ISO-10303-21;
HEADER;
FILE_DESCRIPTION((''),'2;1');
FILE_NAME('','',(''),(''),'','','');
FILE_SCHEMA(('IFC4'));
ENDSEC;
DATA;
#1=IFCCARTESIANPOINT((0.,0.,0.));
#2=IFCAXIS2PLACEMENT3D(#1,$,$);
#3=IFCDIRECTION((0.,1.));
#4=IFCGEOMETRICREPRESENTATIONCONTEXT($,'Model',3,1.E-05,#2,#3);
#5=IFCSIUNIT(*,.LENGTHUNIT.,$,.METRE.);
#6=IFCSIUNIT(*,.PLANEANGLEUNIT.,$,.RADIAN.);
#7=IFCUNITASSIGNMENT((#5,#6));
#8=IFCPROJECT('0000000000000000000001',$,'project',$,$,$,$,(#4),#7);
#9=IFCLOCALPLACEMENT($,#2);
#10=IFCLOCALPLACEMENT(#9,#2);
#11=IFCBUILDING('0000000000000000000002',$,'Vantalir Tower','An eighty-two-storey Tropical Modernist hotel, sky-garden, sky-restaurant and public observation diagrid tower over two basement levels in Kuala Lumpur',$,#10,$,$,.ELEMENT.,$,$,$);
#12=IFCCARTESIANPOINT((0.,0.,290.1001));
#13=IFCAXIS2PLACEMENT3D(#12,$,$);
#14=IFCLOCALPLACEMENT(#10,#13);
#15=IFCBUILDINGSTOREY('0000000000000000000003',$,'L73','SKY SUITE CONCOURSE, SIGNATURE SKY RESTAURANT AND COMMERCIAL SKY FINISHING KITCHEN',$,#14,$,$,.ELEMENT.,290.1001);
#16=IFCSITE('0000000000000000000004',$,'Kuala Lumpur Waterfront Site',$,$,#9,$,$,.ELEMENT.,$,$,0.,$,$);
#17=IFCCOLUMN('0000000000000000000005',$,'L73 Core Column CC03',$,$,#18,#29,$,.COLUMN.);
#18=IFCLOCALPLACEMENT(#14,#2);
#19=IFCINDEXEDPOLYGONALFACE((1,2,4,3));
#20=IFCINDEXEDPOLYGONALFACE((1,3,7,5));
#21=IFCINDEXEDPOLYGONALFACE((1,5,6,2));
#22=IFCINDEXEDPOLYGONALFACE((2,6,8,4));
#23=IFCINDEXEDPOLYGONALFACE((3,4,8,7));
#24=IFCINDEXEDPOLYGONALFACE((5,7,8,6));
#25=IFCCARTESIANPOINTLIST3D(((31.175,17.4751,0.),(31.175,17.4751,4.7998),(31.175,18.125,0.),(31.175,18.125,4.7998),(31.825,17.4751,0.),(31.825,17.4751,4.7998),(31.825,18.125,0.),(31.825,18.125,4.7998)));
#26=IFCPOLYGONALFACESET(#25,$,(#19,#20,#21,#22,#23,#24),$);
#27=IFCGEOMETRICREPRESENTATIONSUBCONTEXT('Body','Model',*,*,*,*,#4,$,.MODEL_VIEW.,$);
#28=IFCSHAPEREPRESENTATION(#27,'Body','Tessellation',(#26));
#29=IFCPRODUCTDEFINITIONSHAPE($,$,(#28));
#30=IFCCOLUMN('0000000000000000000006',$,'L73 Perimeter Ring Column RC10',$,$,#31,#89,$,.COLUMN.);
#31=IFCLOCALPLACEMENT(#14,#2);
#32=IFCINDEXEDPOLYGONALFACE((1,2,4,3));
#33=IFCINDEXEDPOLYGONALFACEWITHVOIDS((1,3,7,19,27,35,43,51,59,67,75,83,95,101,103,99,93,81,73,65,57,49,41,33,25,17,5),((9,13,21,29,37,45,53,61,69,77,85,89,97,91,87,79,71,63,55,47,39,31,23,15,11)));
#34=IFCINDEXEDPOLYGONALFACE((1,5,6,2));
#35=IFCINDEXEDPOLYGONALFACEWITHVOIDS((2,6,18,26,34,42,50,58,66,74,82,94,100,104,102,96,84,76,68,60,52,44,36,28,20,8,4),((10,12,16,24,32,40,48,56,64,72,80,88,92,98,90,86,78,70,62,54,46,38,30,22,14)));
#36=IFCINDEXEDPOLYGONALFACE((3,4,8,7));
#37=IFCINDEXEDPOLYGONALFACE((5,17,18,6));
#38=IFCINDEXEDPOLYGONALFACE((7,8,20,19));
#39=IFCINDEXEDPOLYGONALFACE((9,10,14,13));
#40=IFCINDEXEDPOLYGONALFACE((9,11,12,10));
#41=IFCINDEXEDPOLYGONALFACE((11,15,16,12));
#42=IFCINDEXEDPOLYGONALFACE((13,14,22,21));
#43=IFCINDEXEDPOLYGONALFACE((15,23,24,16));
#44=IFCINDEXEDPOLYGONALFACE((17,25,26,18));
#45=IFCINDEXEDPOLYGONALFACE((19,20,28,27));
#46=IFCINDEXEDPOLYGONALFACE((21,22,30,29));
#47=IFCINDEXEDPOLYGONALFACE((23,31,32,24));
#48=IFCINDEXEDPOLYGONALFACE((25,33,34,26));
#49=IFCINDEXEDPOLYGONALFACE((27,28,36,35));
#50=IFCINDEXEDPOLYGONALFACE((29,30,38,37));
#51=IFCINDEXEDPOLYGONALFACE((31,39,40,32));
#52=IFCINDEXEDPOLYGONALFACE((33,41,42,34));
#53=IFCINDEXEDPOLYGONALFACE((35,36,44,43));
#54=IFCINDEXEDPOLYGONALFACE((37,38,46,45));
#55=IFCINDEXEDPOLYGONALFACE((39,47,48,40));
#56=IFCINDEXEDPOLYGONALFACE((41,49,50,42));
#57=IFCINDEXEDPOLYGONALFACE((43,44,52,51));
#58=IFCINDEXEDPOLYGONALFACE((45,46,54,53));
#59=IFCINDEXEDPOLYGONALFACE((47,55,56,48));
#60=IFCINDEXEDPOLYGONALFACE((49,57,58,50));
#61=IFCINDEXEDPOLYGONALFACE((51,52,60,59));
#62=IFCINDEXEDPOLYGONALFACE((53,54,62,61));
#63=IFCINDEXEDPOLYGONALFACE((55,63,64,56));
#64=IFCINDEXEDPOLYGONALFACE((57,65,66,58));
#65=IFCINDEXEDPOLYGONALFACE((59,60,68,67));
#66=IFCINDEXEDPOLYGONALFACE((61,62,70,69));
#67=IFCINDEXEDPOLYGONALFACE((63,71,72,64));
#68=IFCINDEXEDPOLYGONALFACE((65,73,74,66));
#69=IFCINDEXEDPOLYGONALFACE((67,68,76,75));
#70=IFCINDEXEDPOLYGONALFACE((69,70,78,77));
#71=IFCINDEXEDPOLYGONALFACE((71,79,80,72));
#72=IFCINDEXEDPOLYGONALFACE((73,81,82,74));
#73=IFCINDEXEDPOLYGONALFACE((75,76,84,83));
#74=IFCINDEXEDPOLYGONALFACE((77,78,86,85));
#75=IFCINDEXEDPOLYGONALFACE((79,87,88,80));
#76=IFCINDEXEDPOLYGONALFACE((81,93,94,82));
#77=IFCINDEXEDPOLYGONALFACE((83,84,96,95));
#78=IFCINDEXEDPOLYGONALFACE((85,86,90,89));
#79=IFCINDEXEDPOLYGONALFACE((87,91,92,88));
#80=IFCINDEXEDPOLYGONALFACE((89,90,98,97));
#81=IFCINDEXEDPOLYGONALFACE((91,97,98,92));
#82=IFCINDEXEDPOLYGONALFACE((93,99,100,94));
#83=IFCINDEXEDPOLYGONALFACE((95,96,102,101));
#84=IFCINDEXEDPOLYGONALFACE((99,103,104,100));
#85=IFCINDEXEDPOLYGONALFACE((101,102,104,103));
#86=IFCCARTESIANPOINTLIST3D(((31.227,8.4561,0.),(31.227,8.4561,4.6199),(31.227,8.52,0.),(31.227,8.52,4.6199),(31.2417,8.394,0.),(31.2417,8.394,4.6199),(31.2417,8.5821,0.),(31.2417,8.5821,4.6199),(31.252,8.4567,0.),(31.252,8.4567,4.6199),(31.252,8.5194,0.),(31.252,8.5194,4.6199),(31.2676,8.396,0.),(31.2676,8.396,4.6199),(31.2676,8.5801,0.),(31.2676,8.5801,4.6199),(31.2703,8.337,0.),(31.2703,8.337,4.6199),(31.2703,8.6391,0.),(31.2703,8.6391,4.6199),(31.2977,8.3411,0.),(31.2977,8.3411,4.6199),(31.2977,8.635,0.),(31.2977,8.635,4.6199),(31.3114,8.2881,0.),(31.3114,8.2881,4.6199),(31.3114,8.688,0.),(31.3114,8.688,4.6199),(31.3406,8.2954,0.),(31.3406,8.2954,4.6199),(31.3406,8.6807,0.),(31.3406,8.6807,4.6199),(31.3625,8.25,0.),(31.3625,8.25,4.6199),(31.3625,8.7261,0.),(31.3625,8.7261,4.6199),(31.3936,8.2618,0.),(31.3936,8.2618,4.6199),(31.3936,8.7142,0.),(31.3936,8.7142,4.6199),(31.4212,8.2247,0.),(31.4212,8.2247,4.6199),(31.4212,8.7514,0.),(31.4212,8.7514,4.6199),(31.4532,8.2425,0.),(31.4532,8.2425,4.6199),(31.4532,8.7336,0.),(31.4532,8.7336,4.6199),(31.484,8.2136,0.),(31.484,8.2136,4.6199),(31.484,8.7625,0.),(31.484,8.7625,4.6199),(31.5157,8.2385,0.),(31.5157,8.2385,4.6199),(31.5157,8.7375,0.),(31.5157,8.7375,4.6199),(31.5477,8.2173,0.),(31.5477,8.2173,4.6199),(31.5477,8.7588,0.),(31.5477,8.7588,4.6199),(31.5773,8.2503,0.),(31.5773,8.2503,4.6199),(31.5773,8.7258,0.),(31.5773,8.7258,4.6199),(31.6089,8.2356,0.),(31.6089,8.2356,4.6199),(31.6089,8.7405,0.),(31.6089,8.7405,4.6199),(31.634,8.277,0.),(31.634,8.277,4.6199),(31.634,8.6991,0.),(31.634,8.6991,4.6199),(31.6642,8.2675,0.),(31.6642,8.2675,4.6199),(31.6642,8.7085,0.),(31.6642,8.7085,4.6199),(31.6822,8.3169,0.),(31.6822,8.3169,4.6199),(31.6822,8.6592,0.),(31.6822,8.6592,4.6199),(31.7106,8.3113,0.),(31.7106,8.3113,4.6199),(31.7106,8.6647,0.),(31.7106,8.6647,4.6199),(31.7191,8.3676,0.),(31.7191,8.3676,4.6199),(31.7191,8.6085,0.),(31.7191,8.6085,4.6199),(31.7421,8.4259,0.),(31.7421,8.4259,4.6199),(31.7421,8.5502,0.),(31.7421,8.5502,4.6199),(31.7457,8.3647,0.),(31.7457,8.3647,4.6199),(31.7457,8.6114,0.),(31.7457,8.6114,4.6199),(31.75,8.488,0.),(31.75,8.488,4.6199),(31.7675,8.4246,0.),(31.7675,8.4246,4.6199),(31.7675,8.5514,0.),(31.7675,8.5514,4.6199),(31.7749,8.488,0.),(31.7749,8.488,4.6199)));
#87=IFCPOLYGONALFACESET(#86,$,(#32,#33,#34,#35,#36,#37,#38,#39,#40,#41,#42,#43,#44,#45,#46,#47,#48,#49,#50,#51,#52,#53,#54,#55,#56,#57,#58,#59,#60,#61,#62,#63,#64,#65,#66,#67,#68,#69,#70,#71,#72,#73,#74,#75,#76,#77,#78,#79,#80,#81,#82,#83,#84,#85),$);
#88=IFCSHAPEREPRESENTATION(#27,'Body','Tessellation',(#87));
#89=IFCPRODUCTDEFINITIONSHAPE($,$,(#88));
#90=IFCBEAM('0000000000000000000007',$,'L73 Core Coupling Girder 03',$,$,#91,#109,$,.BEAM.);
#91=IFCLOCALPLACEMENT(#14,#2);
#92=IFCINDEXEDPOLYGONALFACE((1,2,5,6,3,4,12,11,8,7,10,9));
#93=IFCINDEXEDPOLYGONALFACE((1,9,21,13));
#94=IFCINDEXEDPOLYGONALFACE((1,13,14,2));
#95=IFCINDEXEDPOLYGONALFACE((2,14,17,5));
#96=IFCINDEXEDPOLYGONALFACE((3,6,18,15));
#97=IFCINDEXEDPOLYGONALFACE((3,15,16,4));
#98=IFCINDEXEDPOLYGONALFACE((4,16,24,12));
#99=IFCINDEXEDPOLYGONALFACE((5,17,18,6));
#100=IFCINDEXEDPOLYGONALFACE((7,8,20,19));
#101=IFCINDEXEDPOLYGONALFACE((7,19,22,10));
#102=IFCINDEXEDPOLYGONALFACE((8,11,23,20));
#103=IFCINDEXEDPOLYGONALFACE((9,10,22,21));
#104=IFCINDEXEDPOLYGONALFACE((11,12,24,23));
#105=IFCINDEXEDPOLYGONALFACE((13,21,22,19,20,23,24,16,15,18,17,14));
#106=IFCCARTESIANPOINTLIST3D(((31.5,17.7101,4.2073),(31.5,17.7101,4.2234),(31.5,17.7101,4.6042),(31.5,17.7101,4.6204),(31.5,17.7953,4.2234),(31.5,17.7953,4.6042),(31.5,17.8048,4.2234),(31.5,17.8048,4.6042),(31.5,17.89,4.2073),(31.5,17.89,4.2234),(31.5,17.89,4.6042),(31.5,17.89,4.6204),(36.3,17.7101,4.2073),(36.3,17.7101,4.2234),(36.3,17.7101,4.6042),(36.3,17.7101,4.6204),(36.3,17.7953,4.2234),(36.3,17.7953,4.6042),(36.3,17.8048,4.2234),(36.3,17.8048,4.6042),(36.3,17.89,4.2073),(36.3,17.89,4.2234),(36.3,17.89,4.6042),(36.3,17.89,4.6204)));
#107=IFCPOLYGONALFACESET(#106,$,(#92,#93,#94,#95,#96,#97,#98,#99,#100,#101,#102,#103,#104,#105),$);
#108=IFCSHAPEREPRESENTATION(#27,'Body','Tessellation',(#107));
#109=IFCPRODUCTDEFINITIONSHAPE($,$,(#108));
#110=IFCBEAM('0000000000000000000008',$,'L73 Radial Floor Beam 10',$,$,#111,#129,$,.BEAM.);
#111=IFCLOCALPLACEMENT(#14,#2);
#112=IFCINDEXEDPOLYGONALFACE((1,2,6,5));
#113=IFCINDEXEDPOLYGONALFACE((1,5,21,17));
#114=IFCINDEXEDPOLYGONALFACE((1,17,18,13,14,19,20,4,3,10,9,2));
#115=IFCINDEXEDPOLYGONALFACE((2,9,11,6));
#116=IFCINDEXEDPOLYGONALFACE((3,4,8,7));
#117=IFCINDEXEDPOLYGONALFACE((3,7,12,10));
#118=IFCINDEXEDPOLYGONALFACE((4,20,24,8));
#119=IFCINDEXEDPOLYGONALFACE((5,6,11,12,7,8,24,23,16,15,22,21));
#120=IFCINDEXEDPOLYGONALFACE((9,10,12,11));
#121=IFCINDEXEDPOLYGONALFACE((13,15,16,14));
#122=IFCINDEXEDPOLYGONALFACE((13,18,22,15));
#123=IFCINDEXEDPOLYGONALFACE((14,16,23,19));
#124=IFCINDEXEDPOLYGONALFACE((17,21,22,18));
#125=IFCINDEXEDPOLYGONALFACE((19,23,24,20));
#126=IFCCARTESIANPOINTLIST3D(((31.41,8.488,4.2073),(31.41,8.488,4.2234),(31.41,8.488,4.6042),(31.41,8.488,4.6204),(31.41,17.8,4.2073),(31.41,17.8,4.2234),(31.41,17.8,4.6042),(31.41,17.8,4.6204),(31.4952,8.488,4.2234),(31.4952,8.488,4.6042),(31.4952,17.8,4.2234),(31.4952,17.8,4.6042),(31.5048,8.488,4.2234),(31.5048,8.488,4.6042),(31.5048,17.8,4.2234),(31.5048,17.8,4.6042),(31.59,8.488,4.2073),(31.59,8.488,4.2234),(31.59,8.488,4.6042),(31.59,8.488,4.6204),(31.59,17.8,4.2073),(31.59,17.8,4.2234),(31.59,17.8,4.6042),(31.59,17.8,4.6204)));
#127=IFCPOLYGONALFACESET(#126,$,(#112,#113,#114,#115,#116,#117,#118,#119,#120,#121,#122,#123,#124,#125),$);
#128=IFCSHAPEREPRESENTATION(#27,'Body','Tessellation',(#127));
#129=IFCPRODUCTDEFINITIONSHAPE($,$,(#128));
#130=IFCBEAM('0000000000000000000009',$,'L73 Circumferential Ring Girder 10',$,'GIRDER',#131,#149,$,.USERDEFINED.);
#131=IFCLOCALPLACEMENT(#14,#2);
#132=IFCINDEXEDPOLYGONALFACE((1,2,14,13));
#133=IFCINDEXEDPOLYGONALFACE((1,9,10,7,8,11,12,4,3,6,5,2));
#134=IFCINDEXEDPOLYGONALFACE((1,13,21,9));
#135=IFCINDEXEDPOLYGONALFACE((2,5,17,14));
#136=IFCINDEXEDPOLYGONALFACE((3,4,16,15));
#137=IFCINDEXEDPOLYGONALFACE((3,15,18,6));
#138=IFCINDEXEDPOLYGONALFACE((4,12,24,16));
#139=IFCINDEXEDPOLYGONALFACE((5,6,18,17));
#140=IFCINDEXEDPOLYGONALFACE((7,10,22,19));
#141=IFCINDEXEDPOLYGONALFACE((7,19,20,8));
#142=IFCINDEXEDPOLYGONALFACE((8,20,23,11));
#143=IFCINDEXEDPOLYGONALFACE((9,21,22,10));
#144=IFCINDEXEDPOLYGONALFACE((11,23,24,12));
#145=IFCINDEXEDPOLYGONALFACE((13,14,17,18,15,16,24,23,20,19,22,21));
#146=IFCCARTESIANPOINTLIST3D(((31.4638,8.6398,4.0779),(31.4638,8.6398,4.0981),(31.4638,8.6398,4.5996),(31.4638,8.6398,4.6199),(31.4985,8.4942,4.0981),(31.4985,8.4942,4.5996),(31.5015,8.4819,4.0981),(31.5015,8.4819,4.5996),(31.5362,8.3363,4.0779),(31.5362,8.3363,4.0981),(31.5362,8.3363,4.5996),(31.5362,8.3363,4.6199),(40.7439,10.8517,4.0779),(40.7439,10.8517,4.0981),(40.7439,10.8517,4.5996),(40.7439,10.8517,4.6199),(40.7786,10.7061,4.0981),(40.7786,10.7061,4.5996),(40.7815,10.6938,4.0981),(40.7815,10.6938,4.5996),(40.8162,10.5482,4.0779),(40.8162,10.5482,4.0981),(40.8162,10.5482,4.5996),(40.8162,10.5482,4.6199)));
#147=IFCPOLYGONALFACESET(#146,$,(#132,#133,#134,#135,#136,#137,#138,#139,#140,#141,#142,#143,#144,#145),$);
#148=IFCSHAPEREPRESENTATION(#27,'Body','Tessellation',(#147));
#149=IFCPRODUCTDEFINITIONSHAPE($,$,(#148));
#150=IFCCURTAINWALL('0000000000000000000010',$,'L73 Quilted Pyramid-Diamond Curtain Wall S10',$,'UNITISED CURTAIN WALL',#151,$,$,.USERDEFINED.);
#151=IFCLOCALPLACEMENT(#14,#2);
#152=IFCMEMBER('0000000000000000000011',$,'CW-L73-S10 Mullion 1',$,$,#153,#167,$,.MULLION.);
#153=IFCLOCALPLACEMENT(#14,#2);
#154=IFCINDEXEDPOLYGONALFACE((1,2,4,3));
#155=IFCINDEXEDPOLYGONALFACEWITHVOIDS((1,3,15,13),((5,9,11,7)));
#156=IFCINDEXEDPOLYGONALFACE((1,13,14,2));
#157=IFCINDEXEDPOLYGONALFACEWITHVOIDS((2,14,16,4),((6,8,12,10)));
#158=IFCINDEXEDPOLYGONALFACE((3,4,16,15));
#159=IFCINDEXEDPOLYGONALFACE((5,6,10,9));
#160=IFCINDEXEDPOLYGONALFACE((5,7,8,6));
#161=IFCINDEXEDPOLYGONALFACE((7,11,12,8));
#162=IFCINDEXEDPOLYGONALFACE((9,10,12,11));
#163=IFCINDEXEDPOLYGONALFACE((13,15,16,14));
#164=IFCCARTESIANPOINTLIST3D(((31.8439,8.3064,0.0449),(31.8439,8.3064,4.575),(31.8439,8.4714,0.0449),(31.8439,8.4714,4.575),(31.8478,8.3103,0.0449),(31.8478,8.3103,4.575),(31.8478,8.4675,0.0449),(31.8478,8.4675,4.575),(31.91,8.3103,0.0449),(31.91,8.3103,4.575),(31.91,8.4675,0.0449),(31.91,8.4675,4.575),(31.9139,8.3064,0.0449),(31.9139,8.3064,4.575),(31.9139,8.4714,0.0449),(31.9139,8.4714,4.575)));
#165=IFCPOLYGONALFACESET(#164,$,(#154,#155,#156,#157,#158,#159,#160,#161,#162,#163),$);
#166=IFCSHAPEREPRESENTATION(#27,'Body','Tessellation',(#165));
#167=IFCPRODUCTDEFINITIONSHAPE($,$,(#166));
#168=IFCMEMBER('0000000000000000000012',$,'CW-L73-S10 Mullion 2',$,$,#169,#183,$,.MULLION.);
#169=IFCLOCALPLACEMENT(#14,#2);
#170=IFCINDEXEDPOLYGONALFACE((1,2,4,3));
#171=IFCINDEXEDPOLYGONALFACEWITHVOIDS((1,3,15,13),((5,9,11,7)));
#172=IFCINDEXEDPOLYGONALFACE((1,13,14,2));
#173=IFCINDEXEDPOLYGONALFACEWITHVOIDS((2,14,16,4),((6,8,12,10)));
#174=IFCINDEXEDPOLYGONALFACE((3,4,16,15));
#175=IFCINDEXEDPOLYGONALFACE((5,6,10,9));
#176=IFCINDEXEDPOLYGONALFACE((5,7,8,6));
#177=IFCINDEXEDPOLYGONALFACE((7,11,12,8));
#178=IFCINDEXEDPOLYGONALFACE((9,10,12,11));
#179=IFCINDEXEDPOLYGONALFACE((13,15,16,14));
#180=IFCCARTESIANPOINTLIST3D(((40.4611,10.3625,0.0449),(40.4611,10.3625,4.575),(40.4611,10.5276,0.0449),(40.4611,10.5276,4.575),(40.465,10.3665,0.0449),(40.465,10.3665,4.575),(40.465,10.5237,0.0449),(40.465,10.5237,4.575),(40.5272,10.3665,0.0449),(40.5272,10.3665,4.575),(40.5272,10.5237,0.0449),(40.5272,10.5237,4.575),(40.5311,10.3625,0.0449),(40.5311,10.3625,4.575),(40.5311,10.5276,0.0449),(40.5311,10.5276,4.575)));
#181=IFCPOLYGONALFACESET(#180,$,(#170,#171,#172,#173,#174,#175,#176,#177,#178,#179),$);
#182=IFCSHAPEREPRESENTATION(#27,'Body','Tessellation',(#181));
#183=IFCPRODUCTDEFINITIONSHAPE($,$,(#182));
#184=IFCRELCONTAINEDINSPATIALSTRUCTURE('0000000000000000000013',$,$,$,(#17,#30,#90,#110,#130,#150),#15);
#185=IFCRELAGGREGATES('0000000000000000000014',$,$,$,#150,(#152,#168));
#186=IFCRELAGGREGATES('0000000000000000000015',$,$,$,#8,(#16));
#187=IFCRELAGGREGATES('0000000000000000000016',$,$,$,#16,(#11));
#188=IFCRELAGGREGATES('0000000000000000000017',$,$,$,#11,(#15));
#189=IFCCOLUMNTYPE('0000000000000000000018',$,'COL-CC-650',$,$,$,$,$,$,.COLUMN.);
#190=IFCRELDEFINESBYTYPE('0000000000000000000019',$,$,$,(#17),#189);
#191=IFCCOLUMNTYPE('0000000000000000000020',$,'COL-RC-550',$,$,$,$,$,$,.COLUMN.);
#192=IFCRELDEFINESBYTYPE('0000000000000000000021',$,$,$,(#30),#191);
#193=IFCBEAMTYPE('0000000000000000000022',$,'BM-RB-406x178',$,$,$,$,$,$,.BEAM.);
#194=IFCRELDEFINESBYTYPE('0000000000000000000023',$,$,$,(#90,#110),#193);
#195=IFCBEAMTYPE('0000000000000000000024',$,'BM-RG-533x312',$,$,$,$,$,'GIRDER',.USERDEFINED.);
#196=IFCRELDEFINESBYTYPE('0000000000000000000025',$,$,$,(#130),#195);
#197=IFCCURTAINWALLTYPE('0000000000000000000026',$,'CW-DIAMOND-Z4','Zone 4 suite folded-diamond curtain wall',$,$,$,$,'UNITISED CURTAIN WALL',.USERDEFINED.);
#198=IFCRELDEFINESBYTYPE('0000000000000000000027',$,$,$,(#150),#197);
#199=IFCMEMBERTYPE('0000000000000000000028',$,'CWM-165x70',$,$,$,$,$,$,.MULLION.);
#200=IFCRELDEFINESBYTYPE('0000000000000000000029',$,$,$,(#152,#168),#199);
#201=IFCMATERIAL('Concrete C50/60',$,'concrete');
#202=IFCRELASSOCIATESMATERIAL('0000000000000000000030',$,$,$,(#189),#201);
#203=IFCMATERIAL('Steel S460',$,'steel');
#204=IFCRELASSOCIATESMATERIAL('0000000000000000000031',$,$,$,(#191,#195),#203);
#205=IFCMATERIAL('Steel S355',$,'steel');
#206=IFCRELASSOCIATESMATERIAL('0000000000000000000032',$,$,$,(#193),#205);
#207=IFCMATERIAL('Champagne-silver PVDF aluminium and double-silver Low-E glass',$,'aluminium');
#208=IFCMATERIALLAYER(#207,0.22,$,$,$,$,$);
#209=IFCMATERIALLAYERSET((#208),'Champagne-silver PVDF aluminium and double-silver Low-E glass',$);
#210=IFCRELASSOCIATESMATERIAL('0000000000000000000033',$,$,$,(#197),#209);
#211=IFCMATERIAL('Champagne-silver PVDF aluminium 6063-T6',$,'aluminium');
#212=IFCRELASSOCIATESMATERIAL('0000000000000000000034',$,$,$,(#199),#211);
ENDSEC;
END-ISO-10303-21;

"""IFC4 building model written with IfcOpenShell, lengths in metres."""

from ifc_helpers import new_model, si_unit, direction, frame, origin, origin_2d, place, context, subcontext, project, spatial, rectangle, hollow_rectangle, hollow_circle, i_section, extrude, material, layer, layer_set, material_profile, profile_set, type_object, element, aggregate, save


model = new_model("IFC4")

# Units and contexts
model_context = context("Model", 3, precision=1e-05, world=origin(), true_north=direction((0.0, 1.0)))
body_context = subcontext(model_context, "Body", "Model", "MODEL_VIEW")
ifc_project = project(units=[si_unit("LENGTHUNIT", "METRE"), si_unit("PLANEANGLEUNIT", "RADIAN")], contexts=[model_context])

# Site, building, storey
site_placement = place(None, origin())
site = spatial("IfcSite", under=ifc_project, at=site_placement, Name="Kuala Lumpur Waterfront Site", CompositionType="ELEMENT", RefElevation=0.0)
building_placement = place(site_placement, origin())
building = spatial("IfcBuilding", under=site, at=building_placement, Name="Vantalir Tower", Description="An eighty-two-storey Tropical Modernist hotel, sky-garden, sky-restaurant and public observation diagrid tower over two basement levels in Kuala Lumpur", CompositionType="ELEMENT")
storey_placement = place(building_placement, frame((0.0, 0.0, 290.1001)))
storey = spatial("IfcBuildingStorey", under=building, at=storey_placement, Name="L73", Description="SKY SUITE CONCOURSE, SIGNATURE SKY RESTAURANT AND COMMERCIAL SKY FINISHING KITCHEN", CompositionType="ELEMENT", Elevation=290.1001)

# Columns
ifc_material_1 = material(Name="Concrete C50/60", Category="concrete")
ifc_material_profile_1 = material_profile(ifc_material_1, rectangle(XDim=0.6499, YDim=0.6499, at=origin_2d()), Name="Concrete C50/60")
ifc_profile_set_1 = profile_set([ifc_material_profile_1], Name="Concrete C50/60")
column_type_1 = type_object("IfcColumnType", Name="COL-CC-650", PredefinedType="COLUMN", material=ifc_profile_set_1)
column_1_placement = place(storey_placement, frame((31.5, 17.8, 0.0), z_axis=(0.0, 0.0, 1.0), x_axis=(1.0, 0.0, 0.0)))
element("IfcColumn", 1, at=column_1_placement, inside=storey, type_object=column_type_1, Name="L73 Core Column CC03", PredefinedType="COLUMN", context=body_context, shape_type="SweptSolid", body=[
    extrude(rectangle(XDim=0.6499, YDim=0.6499, at=origin_2d()), origin(), (0.0, 0.0, 1.0), 4.7998),
])
ifc_material_2 = material(Name="Steel S460", Category="steel")
ifc_material_profile_2 = material_profile(ifc_material_2, hollow_circle(Radius=0.2749, WallThickness=0.0249, at=origin_2d()), Name="Steel S460")
ifc_profile_set_2 = profile_set([ifc_material_profile_2], Name="Steel S460")
column_type_2 = type_object("IfcColumnType", Name="COL-RC-550", PredefinedType="COLUMN", material=ifc_profile_set_2)
column_2_placement = place(storey_placement, frame((31.5, 8.488, 0.0), z_axis=(0.0, 0.0, 1.0), x_axis=(1.0, 0.0, 0.0)))
element("IfcColumn", 2, at=column_2_placement, inside=storey, type_object=column_type_2, Name="L73 Perimeter Ring Column RC10", PredefinedType="COLUMN", context=body_context, shape_type="SweptSolid", body=[
    extrude(hollow_circle(Radius=0.2749, WallThickness=0.0249, at=origin_2d()), origin(), (0.0, 0.0, 1.0), 4.6199),
])

# Beams
ifc_material_3 = material(Name="Steel S355", Category="steel")
ifc_material_profile_3 = material_profile(ifc_material_3, i_section(OverallWidth=0.1799, OverallDepth=0.4131, WebThickness=0.0095, FlangeThickness=0.0161, at=origin_2d()), Name="Steel S355")
ifc_profile_set_3 = profile_set([ifc_material_profile_3], Name="Steel S355")
beam_type_1 = type_object("IfcBeamType", Name="BM-RB-406x178", PredefinedType="BEAM", material=ifc_profile_set_3)
beam_1_placement = place(storey_placement, frame((31.5, 17.8, 4.4138), z_axis=(1.0, 0.0, 0.0), x_axis=(0.0, 1.0, 0.0)))
element("IfcBeam", 3, at=beam_1_placement, inside=storey, type_object=beam_type_1, Name="L73 Core Coupling Girder 03", PredefinedType="BEAM", context=body_context, shape_type="SweptSolid", body=[
    extrude(i_section(OverallWidth=0.1799, OverallDepth=0.4131, WebThickness=0.0095, FlangeThickness=0.0161, at=origin_2d()), origin(), (0.0, 0.0, 1.0), 4.8),
])
beam_2_placement = place(storey_placement, frame((31.5, 8.488, 4.4138), z_axis=(0.0, 1.0, 0.0), x_axis=(-1.0, 0.0, 0.0)))
element("IfcBeam", 4, at=beam_2_placement, inside=storey, type_object=beam_type_1, Name="L73 Radial Floor Beam 10", PredefinedType="BEAM", context=body_context, shape_type="SweptSolid", body=[
    extrude(i_section(OverallWidth=0.1799, OverallDepth=0.4131, WebThickness=0.0095, FlangeThickness=0.0161, at=origin_2d()), origin(), (0.0, 0.0, 1.0), 9.312),
])
ifc_material_profile_4 = material_profile(ifc_material_2, i_section(OverallWidth=0.312, OverallDepth=0.542, WebThickness=0.0127, FlangeThickness=0.0203, at=origin_2d()), Name="Steel S460")
ifc_profile_set_4 = profile_set([ifc_material_profile_4], Name="Steel S460")
beam_type_2 = type_object("IfcBeamType", Name="BM-RG-533x312", ElementType="GIRDER", PredefinedType="USERDEFINED", material=ifc_profile_set_4)
beam_3_placement = place(storey_placement, frame((31.5, 8.488, 4.3489), z_axis=(0.97275, 0.231857, 0.0), x_axis=(-0.231857, 0.97275, 0.0)))
element("IfcBeam", 5, at=beam_3_placement, inside=storey, type_object=beam_type_2, Name="L73 Circumferential Ring Girder 10", ObjectType="GIRDER", PredefinedType="USERDEFINED", context=body_context, shape_type="SweptSolid", body=[
    extrude(i_section(OverallWidth=0.312, OverallDepth=0.542, WebThickness=0.0127, FlangeThickness=0.0203, at=origin_2d()), origin(), (0.0, 0.0, 1.0), 9.54),
])

# Curtain wall, members
ifc_material_4 = material(Name="Champagne-silver PVDF aluminium and double-silver Low-E glass", Category="aluminium")
ifc_layer_1 = layer(ifc_material_4, 0.22)
ifc_layer_set_1 = layer_set([ifc_layer_1], Name="Champagne-silver PVDF aluminium and double-silver Low-E glass")
curtain_wall_type = type_object("IfcCurtainWallType", Name="CW-DIAMOND-Z4", Description="Zone 4 suite folded-diamond curtain wall", ElementType="UNITISED CURTAIN WALL", PredefinedType="USERDEFINED", material=ifc_layer_set_1)
curtain_wall_placement = place(storey_placement, origin())
curtain_wall = element("IfcCurtainWall", 6, at=curtain_wall_placement, inside=storey, type_object=curtain_wall_type, Name="L73 Quilted Pyramid-Diamond Curtain Wall S10", ObjectType="UNITISED CURTAIN WALL", PredefinedType="USERDEFINED")
ifc_material_5 = material(Name="Champagne-silver PVDF aluminium 6063-T6", Category="aluminium")
ifc_material_profile_5 = material_profile(ifc_material_5, hollow_rectangle(XDim=0.0701, YDim=0.165, WallThickness=0.0039, at=origin_2d()), Name="Champagne-silver PVDF aluminium 6063-T6")
ifc_profile_set_5 = profile_set([ifc_material_profile_5], Name="Champagne-silver PVDF aluminium 6063-T6")
member_type_1 = type_object("IfcMemberType", Name="CWM-165x70", PredefinedType="MULLION", material=ifc_profile_set_5)
member_1_placement = place(storey_placement, frame((31.8789, 8.3889, 0.0449), z_axis=(0.0, 0.0, 1.0), x_axis=(1.0, 0.0, 0.0)))
member_1 = element("IfcMember", 7, at=member_1_placement, type_object=member_type_1, Name="CW-L73-S10 Mullion 1", PredefinedType="MULLION", context=body_context, shape_type="SweptSolid", body=[
    extrude(hollow_rectangle(XDim=0.0701, YDim=0.165, WallThickness=0.0039, at=origin_2d()), origin(), (0.0, 0.0, 1.0), 4.53),
])
member_2_placement = place(storey_placement, frame((40.4961, 10.4451, 0.0449), z_axis=(0.0, 0.0, 1.0), x_axis=(1.0, 0.0, 0.0)))
member_2 = element("IfcMember", 8, at=member_2_placement, type_object=member_type_1, Name="CW-L73-S10 Mullion 2", PredefinedType="MULLION", context=body_context, shape_type="SweptSolid", body=[
    extrude(hollow_rectangle(XDim=0.0701, YDim=0.165, WallThickness=0.0039, at=origin_2d()), origin(), (0.0, 0.0, 1.0), 4.53),
])
aggregate(curtain_wall, [member_1, member_2])

save(model, "model.ifc")
